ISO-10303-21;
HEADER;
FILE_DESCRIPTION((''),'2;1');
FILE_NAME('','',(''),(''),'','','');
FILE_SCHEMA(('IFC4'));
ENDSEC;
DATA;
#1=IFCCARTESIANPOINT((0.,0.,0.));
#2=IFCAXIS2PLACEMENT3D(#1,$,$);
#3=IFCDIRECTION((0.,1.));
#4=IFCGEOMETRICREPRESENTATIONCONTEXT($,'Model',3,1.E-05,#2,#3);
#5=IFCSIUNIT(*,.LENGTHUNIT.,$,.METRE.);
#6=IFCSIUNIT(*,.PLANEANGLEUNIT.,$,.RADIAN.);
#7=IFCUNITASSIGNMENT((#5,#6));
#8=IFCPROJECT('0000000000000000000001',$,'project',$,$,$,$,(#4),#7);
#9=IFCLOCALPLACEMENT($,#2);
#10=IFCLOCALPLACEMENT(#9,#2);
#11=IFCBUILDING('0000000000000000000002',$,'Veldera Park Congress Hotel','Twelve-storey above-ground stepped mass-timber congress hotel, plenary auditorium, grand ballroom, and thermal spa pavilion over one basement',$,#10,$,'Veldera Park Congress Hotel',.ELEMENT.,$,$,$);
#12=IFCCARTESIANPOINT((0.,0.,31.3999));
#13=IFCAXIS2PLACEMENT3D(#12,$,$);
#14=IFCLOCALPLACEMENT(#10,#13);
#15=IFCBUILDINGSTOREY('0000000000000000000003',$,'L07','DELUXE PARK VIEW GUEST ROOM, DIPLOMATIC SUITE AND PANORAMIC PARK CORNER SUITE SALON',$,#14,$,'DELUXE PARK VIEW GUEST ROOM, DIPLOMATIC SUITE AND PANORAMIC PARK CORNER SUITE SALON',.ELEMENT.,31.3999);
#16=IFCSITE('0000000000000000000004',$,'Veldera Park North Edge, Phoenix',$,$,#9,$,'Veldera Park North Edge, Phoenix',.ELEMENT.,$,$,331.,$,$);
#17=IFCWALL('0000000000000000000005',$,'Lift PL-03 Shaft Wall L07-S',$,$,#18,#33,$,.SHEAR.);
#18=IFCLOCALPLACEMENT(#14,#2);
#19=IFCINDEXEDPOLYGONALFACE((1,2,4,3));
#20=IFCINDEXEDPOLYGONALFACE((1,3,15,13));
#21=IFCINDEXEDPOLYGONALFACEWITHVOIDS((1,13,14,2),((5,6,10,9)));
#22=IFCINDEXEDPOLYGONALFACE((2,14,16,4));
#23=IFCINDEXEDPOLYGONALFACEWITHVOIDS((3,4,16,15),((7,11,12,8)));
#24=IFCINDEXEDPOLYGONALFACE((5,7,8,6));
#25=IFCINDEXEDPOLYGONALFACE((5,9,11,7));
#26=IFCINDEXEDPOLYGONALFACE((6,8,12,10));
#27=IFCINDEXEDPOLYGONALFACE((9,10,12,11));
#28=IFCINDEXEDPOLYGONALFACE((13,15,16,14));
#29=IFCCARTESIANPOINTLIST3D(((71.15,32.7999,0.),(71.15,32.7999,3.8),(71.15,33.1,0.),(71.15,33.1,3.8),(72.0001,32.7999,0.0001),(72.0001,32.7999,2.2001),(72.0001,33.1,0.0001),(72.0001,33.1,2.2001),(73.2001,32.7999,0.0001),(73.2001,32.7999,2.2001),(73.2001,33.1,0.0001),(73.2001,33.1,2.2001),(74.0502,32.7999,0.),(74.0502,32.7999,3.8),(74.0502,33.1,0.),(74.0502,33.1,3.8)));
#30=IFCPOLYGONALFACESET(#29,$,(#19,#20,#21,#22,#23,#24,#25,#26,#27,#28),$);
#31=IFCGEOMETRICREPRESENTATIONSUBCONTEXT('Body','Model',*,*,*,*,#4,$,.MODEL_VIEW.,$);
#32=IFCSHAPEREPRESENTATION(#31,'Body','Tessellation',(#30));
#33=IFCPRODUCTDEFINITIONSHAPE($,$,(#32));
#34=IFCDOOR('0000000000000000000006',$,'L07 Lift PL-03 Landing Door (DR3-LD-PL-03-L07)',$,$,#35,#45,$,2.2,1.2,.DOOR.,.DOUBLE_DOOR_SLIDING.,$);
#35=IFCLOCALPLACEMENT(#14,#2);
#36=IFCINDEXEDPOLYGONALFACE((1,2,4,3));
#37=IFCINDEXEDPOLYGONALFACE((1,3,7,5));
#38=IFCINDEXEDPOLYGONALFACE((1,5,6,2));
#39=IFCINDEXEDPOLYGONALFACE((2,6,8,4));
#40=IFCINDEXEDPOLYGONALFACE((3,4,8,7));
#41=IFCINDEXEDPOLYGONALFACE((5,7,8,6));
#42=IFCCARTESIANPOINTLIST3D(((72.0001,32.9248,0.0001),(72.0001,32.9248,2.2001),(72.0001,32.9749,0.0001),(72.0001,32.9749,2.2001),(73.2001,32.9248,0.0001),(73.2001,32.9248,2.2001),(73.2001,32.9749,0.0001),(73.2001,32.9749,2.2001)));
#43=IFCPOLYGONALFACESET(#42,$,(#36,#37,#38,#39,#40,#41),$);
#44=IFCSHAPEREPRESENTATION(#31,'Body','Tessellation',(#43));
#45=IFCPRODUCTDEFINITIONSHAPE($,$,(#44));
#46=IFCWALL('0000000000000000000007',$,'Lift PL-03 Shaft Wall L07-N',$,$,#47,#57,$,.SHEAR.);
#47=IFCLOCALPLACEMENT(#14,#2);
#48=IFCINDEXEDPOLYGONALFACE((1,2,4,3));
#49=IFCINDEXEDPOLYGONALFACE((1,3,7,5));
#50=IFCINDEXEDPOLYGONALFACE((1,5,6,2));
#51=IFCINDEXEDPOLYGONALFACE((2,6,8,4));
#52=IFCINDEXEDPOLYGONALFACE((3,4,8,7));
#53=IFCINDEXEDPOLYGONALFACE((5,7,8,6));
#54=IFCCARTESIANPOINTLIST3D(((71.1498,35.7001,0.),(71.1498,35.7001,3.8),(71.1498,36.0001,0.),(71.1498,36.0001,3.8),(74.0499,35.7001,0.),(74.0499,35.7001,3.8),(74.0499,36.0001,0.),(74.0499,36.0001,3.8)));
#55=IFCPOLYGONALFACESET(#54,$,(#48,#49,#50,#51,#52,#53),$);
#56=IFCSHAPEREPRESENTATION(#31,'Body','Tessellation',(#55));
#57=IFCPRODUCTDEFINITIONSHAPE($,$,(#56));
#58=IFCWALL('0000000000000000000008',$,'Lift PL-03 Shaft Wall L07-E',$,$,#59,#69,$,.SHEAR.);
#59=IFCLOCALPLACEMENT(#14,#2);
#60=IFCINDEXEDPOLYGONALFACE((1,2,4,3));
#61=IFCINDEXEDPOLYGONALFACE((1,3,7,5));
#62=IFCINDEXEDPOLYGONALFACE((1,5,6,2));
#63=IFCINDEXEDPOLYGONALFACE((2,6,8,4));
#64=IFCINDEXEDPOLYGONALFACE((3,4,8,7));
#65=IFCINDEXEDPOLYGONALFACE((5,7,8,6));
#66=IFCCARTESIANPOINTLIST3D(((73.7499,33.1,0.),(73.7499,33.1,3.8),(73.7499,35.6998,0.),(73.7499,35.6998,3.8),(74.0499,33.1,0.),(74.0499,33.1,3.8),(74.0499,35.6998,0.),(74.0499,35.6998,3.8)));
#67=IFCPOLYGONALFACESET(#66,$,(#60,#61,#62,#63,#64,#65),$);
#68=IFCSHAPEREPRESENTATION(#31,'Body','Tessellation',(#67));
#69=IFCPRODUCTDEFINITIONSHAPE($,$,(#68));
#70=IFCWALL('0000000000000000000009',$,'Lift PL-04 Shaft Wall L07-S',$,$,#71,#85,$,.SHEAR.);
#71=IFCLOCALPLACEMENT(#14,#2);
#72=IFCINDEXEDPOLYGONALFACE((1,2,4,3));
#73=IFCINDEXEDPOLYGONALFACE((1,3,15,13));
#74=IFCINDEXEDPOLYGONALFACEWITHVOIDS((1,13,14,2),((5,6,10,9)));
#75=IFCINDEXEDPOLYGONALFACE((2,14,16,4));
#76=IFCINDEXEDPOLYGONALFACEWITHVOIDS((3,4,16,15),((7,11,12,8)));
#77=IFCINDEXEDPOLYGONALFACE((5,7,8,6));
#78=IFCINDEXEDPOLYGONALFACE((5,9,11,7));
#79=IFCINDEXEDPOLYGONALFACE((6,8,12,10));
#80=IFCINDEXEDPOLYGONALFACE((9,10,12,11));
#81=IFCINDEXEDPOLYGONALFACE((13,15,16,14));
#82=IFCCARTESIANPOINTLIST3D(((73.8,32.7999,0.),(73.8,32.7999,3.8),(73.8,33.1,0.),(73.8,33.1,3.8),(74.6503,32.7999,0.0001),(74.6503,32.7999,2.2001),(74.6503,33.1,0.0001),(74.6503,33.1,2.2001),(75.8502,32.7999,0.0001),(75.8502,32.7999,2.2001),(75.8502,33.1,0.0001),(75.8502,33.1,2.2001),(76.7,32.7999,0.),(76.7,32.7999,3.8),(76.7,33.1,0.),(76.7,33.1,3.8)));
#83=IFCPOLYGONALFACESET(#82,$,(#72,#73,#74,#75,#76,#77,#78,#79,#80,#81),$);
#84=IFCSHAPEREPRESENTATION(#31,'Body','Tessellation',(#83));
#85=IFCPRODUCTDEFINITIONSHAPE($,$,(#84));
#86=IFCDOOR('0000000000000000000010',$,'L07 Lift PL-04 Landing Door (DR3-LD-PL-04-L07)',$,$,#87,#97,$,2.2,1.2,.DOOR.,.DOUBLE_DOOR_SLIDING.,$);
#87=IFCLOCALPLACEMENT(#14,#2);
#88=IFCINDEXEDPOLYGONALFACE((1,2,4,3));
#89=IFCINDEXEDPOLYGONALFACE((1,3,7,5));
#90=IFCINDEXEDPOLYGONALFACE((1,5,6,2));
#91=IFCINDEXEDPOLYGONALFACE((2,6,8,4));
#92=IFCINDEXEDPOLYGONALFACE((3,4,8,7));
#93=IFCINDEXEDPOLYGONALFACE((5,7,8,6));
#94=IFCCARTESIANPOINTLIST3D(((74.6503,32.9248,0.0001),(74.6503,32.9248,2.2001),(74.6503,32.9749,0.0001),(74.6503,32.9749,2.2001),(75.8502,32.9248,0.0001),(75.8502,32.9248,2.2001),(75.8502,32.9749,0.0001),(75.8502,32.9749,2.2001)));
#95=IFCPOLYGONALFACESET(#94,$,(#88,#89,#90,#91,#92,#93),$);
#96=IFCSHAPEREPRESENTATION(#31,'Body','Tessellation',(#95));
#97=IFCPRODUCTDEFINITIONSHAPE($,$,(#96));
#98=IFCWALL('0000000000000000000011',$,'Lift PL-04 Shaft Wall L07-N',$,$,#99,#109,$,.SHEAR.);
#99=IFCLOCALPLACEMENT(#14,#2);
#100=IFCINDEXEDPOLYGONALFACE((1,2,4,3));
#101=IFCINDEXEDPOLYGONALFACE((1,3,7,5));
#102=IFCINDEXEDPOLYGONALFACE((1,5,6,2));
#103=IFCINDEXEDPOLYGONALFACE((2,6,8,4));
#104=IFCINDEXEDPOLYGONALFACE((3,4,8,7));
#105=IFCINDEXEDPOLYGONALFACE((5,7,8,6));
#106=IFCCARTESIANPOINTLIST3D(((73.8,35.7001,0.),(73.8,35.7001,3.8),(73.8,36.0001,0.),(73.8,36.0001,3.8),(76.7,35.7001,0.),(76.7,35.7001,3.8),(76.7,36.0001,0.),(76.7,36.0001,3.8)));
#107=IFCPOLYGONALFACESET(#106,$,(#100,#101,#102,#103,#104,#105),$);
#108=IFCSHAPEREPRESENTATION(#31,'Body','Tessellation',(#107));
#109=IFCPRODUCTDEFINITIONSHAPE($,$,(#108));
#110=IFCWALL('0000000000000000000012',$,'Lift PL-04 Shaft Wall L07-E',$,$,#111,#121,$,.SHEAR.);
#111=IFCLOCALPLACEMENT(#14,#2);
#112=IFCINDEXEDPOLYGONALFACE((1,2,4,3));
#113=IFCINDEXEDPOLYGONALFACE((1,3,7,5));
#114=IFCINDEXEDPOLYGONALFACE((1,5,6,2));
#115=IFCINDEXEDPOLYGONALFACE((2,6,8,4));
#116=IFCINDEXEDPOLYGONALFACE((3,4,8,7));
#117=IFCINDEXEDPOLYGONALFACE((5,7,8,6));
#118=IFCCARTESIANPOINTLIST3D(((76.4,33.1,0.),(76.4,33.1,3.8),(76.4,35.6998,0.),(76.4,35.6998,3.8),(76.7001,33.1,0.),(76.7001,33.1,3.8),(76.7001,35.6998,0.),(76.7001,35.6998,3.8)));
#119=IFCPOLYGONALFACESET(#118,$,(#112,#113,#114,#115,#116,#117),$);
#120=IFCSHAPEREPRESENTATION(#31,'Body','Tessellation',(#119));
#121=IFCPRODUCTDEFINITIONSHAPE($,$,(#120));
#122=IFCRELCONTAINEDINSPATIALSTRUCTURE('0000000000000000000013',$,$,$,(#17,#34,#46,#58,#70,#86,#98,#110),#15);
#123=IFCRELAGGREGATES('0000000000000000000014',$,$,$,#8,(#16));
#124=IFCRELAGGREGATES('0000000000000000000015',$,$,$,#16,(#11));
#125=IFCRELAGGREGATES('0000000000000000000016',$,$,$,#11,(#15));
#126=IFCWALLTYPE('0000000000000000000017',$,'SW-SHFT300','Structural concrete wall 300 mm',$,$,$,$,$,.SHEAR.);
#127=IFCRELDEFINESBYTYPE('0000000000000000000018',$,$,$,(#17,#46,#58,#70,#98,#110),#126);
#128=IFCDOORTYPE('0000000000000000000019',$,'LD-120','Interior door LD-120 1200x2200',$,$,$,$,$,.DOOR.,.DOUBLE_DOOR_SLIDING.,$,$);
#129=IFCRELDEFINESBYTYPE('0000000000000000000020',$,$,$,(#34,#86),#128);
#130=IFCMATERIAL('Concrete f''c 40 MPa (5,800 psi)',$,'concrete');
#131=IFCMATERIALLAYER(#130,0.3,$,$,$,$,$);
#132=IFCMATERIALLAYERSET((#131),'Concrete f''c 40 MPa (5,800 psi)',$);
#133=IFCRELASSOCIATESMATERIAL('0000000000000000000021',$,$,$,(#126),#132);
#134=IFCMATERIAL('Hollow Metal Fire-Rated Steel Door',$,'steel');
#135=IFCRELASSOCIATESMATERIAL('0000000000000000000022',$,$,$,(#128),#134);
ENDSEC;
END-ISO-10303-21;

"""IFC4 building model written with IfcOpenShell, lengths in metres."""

from ifc_helpers import new_model, si_unit, direction, frame, frame_2d, origin, place, context, subcontext, project, spatial, rectangle, extrude, material, layer, layer_set, type_object, element, fill, save


model = new_model("IFC4")

# Units and contexts
model_context = context("Model", 3, precision=1e-05, world=origin(), true_north=direction((0.0, 1.0)))
body_context = subcontext(model_context, "Body", "Model", "MODEL_VIEW")
ifc_project = project(units=[si_unit("LENGTHUNIT", "METRE"), si_unit("PLANEANGLEUNIT", "RADIAN")], contexts=[model_context])

# Site, building, storey
site_placement = place(None, origin())
site = spatial("IfcSite", under=ifc_project, at=site_placement, Name="Veldera Park North Edge, Phoenix", LongName="Veldera Park North Edge, Phoenix", CompositionType="ELEMENT", RefElevation=331.0)
building_placement = place(site_placement, origin())
building = spatial("IfcBuilding", under=site, at=building_placement, Name="Veldera Park Congress Hotel", Description="Twelve-storey above-ground stepped mass-timber congress hotel, plenary auditorium, grand ballroom, and thermal spa pavilion over one basement", LongName="Veldera Park Congress Hotel", CompositionType="ELEMENT")
storey_placement = place(building_placement, frame((0.0, 0.0, 31.3999)))
storey = spatial("IfcBuildingStorey", under=building, at=storey_placement, Name="L07", Description="DELUXE PARK VIEW GUEST ROOM, DIPLOMATIC SUITE AND PANORAMIC PARK CORNER SUITE SALON", LongName="DELUXE PARK VIEW GUEST ROOM, DIPLOMATIC SUITE AND PANORAMIC PARK CORNER SUITE SALON", CompositionType="ELEMENT", Elevation=31.3999)

# Shared definitions
ifc_material_1 = material(Name="Concrete f'c 40 MPa (5,800 psi)", Category="concrete")
ifc_layer_1 = layer(ifc_material_1, 0.3)
ifc_layer_set_1 = layer_set([ifc_layer_1], Name="Concrete f'c 40 MPa (5,800 psi)")
wall_type_1 = type_object("IfcWallType", Name="SW-SHFT300", Description="Structural concrete wall 300 mm", PredefinedType="SHEAR", material=ifc_layer_set_1)

# Shared definitions
ifc_material_2 = material(Name="Hollow Metal Fire-Rated Steel Door", Category="steel")
door_type_1 = type_object("IfcDoorType", Name="LD-120", Description="Interior door LD-120 1200x2200", OperationType="DOUBLE_DOOR_SLIDING", PredefinedType="DOOR", material=ifc_material_2)

# Wall, opening, door
wall_1_placement = place(storey_placement, frame((71.1499, 32.95, 0.0), z_axis=(0.0, 0.0, 1.0), x_axis=(1.0, 0.0, 0.0)))
wall_1 = element("IfcWall", 1, at=wall_1_placement, inside=storey, type_object=wall_type_1, Name="Lift PL-03 Shaft Wall L07-S", PredefinedType="SHEAR", context=body_context, shape_type="SweptSolid", body=[
    extrude(rectangle(XDim=2.9001, YDim=0.3, at=frame_2d((1.4502, 0.0))), origin(), (0.0, 0.0, 1.0), 3.8),
])
opening_1_placement = place(wall_1_placement, frame((0.8501, 0.0, 0.0)))
opening_1 = element("IfcOpeningElement", 2, at=opening_1_placement, cuts=wall_1, PredefinedType="OPENING", context=body_context, shape_type="SweptSolid", body=[
    extrude(rectangle(XDim=1.2, YDim=2.2, at=frame_2d((0.6001, 1.1001))), frame((0.0, 0.1621, 0.0), z_axis=(0.0, -1.0, 0.0), x_axis=(1.0, 0.0, 0.0)), (0.0, 0.0, 1.0), 0.324),
])
door_1_placement = place(opening_1_placement, origin())
door_1 = element("IfcDoor", 3, at=door_1_placement, inside=storey, type_object=door_type_1, Name="L07 Lift PL-03 Landing Door (DR3-LD-PL-03-L07)", OperationType="DOUBLE_DOOR_SLIDING", OverallHeight=2.2, OverallWidth=1.2, PredefinedType="DOOR", context=body_context, shape_type="SweptSolid", body=[
    extrude(rectangle(XDim=1.2, YDim=2.2, at=frame_2d((0.6001, 1.1001))), frame((0.0, 0.0249, 0.0), z_axis=(0.0, -1.0, 0.0), x_axis=(1.0, 0.0, 0.0)), (0.0, 0.0, 1.0), 0.05),
])
fill(opening_1, door_1)

# Walls
wall_2_placement = place(storey_placement, frame((74.05, 35.8501, 0.0), z_axis=(0.0, 0.0, 1.0), x_axis=(-1.0, 0.0, 0.0)))
element("IfcWall", 4, at=wall_2_placement, inside=storey, type_object=wall_type_1, Name="Lift PL-03 Shaft Wall L07-N", PredefinedType="SHEAR", context=body_context, shape_type="SweptSolid", body=[
    extrude(rectangle(XDim=2.9001, YDim=0.3, at=frame_2d((1.4502, 0.0))), origin(), (0.0, 0.0, 1.0), 3.8),
])
wall_3_placement = place(storey_placement, frame((73.8999, 33.1001, 0.0), z_axis=(0.0, 0.0, 1.0), x_axis=(0.0, 1.0, 0.0)))
element("IfcWall", 5, at=wall_3_placement, inside=storey, type_object=wall_type_1, Name="Lift PL-03 Shaft Wall L07-E", PredefinedType="SHEAR", context=body_context, shape_type="SweptSolid", body=[
    extrude(rectangle(XDim=2.5999, YDim=0.3, at=frame_2d((1.2998, 0.0))), origin(), (0.0, 0.0, 1.0), 3.8),
])

# Wall, opening, door
wall_4_placement = place(storey_placement, frame((73.8, 32.95, 0.0), z_axis=(0.0, 0.0, 1.0), x_axis=(1.0, 0.0, 0.0)))
wall_4 = element("IfcWall", 6, at=wall_4_placement, inside=storey, type_object=wall_type_1, Name="Lift PL-04 Shaft Wall L07-S", PredefinedType="SHEAR", context=body_context, shape_type="SweptSolid", body=[
    extrude(rectangle(XDim=2.8999, YDim=0.3, at=frame_2d((1.45, 0.0))), origin(), (0.0, 0.0, 1.0), 3.8),
])
opening_2_placement = place(wall_4_placement, frame((0.8501, 0.0, 0.0)))
opening_2 = element("IfcOpeningElement", 7, at=opening_2_placement, cuts=wall_4, PredefinedType="OPENING", context=body_context, shape_type="SweptSolid", body=[
    extrude(rectangle(XDim=1.2, YDim=2.2, at=frame_2d((0.6001, 1.1001))), frame((0.0, 0.1621, 0.0), z_axis=(0.0, -1.0, 0.0), x_axis=(1.0, 0.0, 0.0)), (0.0, 0.0, 1.0), 0.324),
])
door_2_placement = place(opening_2_placement, origin())
door_2 = element("IfcDoor", 8, at=door_2_placement, inside=storey, type_object=door_type_1, Name="L07 Lift PL-04 Landing Door (DR3-LD-PL-04-L07)", OperationType="DOUBLE_DOOR_SLIDING", OverallHeight=2.2, OverallWidth=1.2, PredefinedType="DOOR", context=body_context, shape_type="SweptSolid", body=[
    extrude(rectangle(XDim=1.2, YDim=2.2, at=frame_2d((0.6001, 1.1001))), frame((0.0, 0.0249, 0.0), z_axis=(0.0, -1.0, 0.0), x_axis=(1.0, 0.0, 0.0)), (0.0, 0.0, 1.0), 0.05),
])
fill(opening_2, door_2)

# Walls
wall_5_placement = place(storey_placement, frame((76.7, 35.8501, 0.0), z_axis=(0.0, 0.0, 1.0), x_axis=(-1.0, 0.0, 0.0)))
element("IfcWall", 9, at=wall_5_placement, inside=storey, type_object=wall_type_1, Name="Lift PL-04 Shaft Wall L07-N", PredefinedType="SHEAR", context=body_context, shape_type="SweptSolid", body=[
    extrude(rectangle(XDim=2.8999, YDim=0.3, at=frame_2d((1.45, 0.0))), origin(), (0.0, 0.0, 1.0), 3.8),
])
wall_6_placement = place(storey_placement, frame((76.55, 33.1001, 0.0), z_axis=(0.0, 0.0, 1.0), x_axis=(0.0, 1.0, 0.0)))
element("IfcWall", 10, at=wall_6_placement, inside=storey, type_object=wall_type_1, Name="Lift PL-04 Shaft Wall L07-E", PredefinedType="SHEAR", context=body_context, shape_type="SweptSolid", body=[
    extrude(rectangle(XDim=2.5999, YDim=0.3, at=frame_2d((1.2998, 0.0))), origin(), (0.0, 0.0, 1.0), 3.8),
])

save(model, "model.ifc")
